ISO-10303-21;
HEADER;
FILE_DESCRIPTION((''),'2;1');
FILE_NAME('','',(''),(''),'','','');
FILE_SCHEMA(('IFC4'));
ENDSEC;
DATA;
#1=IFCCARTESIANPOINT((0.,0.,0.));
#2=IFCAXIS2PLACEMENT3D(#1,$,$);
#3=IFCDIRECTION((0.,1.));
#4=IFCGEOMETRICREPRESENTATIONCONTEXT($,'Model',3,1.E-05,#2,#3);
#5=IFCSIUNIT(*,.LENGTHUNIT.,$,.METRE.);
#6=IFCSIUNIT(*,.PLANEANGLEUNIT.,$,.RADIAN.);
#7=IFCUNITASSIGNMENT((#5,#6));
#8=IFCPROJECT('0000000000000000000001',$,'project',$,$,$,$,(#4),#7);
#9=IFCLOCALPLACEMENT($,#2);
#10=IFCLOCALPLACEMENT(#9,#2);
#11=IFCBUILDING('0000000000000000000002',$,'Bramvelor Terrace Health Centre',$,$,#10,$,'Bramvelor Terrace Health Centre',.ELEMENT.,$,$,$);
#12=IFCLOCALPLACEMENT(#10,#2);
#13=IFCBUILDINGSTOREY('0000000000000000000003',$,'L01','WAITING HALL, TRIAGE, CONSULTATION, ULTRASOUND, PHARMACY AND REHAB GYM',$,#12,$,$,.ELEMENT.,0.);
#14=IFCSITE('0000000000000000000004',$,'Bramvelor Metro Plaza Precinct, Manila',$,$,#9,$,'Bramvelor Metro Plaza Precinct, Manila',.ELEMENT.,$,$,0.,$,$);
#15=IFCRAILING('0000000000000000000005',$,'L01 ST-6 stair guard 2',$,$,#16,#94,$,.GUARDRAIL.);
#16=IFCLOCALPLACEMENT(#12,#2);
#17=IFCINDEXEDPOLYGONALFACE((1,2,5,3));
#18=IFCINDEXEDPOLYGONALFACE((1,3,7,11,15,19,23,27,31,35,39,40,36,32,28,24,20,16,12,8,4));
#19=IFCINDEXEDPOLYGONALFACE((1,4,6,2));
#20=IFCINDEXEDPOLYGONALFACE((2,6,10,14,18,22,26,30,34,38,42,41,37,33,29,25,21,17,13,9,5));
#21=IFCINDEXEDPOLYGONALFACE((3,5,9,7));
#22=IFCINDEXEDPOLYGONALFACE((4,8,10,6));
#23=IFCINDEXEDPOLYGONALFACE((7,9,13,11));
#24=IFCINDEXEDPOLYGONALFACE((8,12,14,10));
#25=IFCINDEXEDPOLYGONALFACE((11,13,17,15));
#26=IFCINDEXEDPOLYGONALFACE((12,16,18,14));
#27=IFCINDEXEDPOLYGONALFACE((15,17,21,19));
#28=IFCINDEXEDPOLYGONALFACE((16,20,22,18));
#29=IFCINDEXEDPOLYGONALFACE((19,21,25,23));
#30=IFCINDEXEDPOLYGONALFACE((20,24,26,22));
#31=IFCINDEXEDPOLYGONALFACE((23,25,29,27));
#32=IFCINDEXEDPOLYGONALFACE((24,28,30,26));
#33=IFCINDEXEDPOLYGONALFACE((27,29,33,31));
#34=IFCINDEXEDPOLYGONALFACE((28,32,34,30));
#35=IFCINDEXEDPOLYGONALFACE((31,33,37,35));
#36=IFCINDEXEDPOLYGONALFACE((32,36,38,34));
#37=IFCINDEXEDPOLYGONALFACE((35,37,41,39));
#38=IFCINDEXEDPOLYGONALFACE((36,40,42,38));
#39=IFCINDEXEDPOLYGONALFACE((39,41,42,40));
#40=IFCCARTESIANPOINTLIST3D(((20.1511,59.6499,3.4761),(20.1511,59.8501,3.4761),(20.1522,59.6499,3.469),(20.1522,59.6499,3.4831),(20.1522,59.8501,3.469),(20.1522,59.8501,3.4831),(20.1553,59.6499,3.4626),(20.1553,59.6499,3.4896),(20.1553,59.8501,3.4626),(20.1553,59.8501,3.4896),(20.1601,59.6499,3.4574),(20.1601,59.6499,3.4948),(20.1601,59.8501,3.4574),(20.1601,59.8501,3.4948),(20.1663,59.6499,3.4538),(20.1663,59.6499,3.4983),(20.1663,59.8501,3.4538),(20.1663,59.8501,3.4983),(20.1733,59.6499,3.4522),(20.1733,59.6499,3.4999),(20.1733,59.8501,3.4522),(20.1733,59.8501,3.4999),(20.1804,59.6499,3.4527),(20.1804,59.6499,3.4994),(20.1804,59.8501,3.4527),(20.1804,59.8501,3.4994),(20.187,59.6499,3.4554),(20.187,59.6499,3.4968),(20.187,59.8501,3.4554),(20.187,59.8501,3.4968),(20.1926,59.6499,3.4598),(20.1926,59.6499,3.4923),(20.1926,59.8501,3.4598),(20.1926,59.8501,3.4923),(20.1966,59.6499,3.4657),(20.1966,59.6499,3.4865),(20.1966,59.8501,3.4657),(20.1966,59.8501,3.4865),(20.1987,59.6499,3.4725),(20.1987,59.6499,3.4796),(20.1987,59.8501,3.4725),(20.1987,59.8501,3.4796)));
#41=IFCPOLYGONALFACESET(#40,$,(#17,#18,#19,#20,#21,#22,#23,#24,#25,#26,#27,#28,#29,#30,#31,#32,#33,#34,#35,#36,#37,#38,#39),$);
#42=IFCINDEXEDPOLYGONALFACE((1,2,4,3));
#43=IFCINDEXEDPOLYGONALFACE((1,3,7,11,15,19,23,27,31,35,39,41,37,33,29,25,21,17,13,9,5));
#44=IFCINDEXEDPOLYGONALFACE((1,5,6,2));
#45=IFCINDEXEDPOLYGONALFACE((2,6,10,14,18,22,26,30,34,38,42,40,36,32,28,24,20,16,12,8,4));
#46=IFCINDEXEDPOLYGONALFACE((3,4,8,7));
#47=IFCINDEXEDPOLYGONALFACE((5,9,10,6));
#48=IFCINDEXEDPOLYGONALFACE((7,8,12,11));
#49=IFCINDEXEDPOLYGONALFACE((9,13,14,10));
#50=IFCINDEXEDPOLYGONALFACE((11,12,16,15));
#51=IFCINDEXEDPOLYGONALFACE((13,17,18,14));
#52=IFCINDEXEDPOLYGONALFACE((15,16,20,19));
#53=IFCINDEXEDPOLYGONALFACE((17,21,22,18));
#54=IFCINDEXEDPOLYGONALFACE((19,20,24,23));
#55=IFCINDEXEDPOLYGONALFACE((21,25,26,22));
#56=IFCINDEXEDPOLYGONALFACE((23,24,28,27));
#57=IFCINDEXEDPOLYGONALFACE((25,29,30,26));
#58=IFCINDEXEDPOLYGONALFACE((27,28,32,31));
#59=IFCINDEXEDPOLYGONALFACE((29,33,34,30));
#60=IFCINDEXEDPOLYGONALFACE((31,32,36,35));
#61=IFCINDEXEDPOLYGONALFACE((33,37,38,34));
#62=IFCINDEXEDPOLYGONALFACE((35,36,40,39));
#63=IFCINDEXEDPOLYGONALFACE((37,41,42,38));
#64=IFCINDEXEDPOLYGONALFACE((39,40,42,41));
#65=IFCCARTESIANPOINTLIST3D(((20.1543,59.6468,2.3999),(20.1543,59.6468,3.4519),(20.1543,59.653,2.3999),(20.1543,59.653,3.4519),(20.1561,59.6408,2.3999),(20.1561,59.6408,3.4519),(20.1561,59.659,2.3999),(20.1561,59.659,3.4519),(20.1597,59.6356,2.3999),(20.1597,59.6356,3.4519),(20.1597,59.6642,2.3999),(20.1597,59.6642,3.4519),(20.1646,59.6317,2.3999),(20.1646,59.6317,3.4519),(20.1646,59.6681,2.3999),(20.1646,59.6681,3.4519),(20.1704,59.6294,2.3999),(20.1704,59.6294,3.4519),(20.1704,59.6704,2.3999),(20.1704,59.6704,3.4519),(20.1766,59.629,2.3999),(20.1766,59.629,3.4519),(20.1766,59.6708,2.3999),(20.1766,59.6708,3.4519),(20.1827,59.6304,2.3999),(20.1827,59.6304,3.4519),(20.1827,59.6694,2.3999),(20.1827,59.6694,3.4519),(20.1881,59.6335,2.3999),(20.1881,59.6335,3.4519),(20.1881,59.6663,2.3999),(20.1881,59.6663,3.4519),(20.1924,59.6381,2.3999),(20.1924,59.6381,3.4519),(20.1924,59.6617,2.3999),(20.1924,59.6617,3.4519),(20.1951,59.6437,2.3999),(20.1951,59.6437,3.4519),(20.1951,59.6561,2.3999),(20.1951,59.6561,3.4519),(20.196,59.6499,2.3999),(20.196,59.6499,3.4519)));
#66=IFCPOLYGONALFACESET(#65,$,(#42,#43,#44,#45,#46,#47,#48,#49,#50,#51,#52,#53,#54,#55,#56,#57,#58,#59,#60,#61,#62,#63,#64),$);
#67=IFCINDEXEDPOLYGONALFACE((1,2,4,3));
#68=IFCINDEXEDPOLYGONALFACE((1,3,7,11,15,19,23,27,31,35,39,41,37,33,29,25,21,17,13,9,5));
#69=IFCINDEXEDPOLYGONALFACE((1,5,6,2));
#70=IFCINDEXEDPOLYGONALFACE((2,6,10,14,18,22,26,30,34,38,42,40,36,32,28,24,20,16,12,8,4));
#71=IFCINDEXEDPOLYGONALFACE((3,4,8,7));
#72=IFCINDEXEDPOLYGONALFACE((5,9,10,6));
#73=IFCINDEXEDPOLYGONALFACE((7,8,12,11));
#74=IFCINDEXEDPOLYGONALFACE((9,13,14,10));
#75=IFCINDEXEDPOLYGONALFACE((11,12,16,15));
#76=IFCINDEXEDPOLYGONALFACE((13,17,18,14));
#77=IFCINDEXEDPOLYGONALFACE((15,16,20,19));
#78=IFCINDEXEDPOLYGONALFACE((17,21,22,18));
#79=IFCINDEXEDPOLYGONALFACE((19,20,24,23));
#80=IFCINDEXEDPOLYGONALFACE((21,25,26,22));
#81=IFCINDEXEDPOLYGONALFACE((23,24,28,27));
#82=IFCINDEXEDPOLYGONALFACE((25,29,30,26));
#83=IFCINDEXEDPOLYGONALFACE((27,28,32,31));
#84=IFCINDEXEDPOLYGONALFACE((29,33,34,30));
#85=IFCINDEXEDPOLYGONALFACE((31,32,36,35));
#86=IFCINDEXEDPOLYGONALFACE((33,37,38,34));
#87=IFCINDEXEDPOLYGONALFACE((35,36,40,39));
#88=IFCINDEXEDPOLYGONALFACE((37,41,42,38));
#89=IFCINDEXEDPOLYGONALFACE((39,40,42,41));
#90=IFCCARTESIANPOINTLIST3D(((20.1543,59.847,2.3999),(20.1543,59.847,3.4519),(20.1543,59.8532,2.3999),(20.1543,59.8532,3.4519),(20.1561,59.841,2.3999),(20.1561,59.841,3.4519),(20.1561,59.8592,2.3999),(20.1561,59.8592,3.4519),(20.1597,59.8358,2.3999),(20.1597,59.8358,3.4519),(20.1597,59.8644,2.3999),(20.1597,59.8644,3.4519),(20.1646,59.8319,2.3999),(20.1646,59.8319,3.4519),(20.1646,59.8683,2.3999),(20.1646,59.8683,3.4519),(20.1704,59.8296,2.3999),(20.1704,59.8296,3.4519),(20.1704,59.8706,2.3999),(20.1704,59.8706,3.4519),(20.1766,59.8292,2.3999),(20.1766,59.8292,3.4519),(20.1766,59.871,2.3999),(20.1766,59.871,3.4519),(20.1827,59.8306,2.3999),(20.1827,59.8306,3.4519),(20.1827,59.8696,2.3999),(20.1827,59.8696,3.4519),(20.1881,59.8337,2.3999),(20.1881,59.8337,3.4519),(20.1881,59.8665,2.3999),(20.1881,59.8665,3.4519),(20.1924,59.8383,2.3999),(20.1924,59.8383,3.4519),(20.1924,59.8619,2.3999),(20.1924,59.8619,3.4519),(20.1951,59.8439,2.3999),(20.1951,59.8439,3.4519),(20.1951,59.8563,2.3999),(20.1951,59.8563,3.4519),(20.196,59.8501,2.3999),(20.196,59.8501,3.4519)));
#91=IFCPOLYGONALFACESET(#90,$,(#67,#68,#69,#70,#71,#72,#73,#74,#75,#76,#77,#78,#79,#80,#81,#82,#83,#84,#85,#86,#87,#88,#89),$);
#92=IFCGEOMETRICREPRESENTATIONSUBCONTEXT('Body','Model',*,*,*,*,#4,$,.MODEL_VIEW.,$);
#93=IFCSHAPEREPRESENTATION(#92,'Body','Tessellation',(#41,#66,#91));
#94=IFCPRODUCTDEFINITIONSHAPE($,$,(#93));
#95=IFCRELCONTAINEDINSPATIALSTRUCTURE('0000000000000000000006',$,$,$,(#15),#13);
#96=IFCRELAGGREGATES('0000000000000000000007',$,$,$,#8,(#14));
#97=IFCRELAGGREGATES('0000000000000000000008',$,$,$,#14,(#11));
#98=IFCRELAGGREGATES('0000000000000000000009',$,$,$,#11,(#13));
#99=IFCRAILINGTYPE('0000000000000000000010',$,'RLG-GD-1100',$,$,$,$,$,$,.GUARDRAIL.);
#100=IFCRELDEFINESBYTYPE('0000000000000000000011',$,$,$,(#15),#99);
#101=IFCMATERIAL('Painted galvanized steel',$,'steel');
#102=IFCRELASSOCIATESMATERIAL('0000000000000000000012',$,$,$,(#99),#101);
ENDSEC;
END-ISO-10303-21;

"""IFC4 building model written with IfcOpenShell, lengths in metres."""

from ifc_helpers import new_model, si_unit, direction, frame, origin, origin_2d, place, context, subcontext, project, spatial, circle, extrude, material, type_object, element, save


model = new_model("IFC4")

# Units and contexts
model_context = context("Model", 3, precision=1e-05, world=origin(), true_north=direction((0.0, 1.0)))
body_context = subcontext(model_context, "Body", "Model", "MODEL_VIEW")
ifc_project = project(units=[si_unit("LENGTHUNIT", "METRE"), si_unit("PLANEANGLEUNIT", "RADIAN")], contexts=[model_context])

# Site, building, storey
site_placement = place(None, origin())
site = spatial("IfcSite", under=ifc_project, at=site_placement, Name="Bramvelor Metro Plaza Precinct, Manila", LongName="Bramvelor Metro Plaza Precinct, Manila", CompositionType="ELEMENT", RefElevation=0.0)
building_placement = place(site_placement, origin())
building = spatial("IfcBuilding", under=site, at=building_placement, Name="Bramvelor Terrace Health Centre", LongName="Bramvelor Terrace Health Centre", CompositionType="ELEMENT")
storey_placement = place(building_placement, origin())
storey = spatial("IfcBuildingStorey", under=building, at=storey_placement, Name="L01", Description="WAITING HALL, TRIAGE, CONSULTATION, ULTRASOUND, PHARMACY AND REHAB GYM", CompositionType="ELEMENT", Elevation=0.0)

# Railing
ifc_material_1 = material(Name="Painted galvanized steel", Category="steel")
railing_type_1 = type_object("IfcRailingType", Name="RLG-GD-1100", PredefinedType="GUARDRAIL", material=ifc_material_1)
railing_1_placement = place(storey_placement, frame((20.175, 59.6499, 2.3999)))
element("IfcRailing", 1, at=railing_1_placement, inside=storey, type_object=railing_type_1, Name="L01 ST-6 stair guard 2", PredefinedType="GUARDRAIL", context=body_context, shape_type="SweptSolid", body=[
    extrude(circle(Radius=0.0239, at=origin_2d()), frame((0.0, 0.0, 1.0762), z_axis=(0.0, 1.0, 0.0), x_axis=(-1.0, 0.0, 0.0)), (0.0, 0.0, 1.0), 0.2002),
    extrude(circle(Radius=0.021, at=origin_2d()), origin(), (0.0, 0.0, 1.0), 1.052),
    extrude(circle(Radius=0.021, at=origin_2d()), frame((0.0, 0.2002, 0.0)), (0.0, 0.0, 1.0), 1.052),
])

save(model, "model.ifc")
